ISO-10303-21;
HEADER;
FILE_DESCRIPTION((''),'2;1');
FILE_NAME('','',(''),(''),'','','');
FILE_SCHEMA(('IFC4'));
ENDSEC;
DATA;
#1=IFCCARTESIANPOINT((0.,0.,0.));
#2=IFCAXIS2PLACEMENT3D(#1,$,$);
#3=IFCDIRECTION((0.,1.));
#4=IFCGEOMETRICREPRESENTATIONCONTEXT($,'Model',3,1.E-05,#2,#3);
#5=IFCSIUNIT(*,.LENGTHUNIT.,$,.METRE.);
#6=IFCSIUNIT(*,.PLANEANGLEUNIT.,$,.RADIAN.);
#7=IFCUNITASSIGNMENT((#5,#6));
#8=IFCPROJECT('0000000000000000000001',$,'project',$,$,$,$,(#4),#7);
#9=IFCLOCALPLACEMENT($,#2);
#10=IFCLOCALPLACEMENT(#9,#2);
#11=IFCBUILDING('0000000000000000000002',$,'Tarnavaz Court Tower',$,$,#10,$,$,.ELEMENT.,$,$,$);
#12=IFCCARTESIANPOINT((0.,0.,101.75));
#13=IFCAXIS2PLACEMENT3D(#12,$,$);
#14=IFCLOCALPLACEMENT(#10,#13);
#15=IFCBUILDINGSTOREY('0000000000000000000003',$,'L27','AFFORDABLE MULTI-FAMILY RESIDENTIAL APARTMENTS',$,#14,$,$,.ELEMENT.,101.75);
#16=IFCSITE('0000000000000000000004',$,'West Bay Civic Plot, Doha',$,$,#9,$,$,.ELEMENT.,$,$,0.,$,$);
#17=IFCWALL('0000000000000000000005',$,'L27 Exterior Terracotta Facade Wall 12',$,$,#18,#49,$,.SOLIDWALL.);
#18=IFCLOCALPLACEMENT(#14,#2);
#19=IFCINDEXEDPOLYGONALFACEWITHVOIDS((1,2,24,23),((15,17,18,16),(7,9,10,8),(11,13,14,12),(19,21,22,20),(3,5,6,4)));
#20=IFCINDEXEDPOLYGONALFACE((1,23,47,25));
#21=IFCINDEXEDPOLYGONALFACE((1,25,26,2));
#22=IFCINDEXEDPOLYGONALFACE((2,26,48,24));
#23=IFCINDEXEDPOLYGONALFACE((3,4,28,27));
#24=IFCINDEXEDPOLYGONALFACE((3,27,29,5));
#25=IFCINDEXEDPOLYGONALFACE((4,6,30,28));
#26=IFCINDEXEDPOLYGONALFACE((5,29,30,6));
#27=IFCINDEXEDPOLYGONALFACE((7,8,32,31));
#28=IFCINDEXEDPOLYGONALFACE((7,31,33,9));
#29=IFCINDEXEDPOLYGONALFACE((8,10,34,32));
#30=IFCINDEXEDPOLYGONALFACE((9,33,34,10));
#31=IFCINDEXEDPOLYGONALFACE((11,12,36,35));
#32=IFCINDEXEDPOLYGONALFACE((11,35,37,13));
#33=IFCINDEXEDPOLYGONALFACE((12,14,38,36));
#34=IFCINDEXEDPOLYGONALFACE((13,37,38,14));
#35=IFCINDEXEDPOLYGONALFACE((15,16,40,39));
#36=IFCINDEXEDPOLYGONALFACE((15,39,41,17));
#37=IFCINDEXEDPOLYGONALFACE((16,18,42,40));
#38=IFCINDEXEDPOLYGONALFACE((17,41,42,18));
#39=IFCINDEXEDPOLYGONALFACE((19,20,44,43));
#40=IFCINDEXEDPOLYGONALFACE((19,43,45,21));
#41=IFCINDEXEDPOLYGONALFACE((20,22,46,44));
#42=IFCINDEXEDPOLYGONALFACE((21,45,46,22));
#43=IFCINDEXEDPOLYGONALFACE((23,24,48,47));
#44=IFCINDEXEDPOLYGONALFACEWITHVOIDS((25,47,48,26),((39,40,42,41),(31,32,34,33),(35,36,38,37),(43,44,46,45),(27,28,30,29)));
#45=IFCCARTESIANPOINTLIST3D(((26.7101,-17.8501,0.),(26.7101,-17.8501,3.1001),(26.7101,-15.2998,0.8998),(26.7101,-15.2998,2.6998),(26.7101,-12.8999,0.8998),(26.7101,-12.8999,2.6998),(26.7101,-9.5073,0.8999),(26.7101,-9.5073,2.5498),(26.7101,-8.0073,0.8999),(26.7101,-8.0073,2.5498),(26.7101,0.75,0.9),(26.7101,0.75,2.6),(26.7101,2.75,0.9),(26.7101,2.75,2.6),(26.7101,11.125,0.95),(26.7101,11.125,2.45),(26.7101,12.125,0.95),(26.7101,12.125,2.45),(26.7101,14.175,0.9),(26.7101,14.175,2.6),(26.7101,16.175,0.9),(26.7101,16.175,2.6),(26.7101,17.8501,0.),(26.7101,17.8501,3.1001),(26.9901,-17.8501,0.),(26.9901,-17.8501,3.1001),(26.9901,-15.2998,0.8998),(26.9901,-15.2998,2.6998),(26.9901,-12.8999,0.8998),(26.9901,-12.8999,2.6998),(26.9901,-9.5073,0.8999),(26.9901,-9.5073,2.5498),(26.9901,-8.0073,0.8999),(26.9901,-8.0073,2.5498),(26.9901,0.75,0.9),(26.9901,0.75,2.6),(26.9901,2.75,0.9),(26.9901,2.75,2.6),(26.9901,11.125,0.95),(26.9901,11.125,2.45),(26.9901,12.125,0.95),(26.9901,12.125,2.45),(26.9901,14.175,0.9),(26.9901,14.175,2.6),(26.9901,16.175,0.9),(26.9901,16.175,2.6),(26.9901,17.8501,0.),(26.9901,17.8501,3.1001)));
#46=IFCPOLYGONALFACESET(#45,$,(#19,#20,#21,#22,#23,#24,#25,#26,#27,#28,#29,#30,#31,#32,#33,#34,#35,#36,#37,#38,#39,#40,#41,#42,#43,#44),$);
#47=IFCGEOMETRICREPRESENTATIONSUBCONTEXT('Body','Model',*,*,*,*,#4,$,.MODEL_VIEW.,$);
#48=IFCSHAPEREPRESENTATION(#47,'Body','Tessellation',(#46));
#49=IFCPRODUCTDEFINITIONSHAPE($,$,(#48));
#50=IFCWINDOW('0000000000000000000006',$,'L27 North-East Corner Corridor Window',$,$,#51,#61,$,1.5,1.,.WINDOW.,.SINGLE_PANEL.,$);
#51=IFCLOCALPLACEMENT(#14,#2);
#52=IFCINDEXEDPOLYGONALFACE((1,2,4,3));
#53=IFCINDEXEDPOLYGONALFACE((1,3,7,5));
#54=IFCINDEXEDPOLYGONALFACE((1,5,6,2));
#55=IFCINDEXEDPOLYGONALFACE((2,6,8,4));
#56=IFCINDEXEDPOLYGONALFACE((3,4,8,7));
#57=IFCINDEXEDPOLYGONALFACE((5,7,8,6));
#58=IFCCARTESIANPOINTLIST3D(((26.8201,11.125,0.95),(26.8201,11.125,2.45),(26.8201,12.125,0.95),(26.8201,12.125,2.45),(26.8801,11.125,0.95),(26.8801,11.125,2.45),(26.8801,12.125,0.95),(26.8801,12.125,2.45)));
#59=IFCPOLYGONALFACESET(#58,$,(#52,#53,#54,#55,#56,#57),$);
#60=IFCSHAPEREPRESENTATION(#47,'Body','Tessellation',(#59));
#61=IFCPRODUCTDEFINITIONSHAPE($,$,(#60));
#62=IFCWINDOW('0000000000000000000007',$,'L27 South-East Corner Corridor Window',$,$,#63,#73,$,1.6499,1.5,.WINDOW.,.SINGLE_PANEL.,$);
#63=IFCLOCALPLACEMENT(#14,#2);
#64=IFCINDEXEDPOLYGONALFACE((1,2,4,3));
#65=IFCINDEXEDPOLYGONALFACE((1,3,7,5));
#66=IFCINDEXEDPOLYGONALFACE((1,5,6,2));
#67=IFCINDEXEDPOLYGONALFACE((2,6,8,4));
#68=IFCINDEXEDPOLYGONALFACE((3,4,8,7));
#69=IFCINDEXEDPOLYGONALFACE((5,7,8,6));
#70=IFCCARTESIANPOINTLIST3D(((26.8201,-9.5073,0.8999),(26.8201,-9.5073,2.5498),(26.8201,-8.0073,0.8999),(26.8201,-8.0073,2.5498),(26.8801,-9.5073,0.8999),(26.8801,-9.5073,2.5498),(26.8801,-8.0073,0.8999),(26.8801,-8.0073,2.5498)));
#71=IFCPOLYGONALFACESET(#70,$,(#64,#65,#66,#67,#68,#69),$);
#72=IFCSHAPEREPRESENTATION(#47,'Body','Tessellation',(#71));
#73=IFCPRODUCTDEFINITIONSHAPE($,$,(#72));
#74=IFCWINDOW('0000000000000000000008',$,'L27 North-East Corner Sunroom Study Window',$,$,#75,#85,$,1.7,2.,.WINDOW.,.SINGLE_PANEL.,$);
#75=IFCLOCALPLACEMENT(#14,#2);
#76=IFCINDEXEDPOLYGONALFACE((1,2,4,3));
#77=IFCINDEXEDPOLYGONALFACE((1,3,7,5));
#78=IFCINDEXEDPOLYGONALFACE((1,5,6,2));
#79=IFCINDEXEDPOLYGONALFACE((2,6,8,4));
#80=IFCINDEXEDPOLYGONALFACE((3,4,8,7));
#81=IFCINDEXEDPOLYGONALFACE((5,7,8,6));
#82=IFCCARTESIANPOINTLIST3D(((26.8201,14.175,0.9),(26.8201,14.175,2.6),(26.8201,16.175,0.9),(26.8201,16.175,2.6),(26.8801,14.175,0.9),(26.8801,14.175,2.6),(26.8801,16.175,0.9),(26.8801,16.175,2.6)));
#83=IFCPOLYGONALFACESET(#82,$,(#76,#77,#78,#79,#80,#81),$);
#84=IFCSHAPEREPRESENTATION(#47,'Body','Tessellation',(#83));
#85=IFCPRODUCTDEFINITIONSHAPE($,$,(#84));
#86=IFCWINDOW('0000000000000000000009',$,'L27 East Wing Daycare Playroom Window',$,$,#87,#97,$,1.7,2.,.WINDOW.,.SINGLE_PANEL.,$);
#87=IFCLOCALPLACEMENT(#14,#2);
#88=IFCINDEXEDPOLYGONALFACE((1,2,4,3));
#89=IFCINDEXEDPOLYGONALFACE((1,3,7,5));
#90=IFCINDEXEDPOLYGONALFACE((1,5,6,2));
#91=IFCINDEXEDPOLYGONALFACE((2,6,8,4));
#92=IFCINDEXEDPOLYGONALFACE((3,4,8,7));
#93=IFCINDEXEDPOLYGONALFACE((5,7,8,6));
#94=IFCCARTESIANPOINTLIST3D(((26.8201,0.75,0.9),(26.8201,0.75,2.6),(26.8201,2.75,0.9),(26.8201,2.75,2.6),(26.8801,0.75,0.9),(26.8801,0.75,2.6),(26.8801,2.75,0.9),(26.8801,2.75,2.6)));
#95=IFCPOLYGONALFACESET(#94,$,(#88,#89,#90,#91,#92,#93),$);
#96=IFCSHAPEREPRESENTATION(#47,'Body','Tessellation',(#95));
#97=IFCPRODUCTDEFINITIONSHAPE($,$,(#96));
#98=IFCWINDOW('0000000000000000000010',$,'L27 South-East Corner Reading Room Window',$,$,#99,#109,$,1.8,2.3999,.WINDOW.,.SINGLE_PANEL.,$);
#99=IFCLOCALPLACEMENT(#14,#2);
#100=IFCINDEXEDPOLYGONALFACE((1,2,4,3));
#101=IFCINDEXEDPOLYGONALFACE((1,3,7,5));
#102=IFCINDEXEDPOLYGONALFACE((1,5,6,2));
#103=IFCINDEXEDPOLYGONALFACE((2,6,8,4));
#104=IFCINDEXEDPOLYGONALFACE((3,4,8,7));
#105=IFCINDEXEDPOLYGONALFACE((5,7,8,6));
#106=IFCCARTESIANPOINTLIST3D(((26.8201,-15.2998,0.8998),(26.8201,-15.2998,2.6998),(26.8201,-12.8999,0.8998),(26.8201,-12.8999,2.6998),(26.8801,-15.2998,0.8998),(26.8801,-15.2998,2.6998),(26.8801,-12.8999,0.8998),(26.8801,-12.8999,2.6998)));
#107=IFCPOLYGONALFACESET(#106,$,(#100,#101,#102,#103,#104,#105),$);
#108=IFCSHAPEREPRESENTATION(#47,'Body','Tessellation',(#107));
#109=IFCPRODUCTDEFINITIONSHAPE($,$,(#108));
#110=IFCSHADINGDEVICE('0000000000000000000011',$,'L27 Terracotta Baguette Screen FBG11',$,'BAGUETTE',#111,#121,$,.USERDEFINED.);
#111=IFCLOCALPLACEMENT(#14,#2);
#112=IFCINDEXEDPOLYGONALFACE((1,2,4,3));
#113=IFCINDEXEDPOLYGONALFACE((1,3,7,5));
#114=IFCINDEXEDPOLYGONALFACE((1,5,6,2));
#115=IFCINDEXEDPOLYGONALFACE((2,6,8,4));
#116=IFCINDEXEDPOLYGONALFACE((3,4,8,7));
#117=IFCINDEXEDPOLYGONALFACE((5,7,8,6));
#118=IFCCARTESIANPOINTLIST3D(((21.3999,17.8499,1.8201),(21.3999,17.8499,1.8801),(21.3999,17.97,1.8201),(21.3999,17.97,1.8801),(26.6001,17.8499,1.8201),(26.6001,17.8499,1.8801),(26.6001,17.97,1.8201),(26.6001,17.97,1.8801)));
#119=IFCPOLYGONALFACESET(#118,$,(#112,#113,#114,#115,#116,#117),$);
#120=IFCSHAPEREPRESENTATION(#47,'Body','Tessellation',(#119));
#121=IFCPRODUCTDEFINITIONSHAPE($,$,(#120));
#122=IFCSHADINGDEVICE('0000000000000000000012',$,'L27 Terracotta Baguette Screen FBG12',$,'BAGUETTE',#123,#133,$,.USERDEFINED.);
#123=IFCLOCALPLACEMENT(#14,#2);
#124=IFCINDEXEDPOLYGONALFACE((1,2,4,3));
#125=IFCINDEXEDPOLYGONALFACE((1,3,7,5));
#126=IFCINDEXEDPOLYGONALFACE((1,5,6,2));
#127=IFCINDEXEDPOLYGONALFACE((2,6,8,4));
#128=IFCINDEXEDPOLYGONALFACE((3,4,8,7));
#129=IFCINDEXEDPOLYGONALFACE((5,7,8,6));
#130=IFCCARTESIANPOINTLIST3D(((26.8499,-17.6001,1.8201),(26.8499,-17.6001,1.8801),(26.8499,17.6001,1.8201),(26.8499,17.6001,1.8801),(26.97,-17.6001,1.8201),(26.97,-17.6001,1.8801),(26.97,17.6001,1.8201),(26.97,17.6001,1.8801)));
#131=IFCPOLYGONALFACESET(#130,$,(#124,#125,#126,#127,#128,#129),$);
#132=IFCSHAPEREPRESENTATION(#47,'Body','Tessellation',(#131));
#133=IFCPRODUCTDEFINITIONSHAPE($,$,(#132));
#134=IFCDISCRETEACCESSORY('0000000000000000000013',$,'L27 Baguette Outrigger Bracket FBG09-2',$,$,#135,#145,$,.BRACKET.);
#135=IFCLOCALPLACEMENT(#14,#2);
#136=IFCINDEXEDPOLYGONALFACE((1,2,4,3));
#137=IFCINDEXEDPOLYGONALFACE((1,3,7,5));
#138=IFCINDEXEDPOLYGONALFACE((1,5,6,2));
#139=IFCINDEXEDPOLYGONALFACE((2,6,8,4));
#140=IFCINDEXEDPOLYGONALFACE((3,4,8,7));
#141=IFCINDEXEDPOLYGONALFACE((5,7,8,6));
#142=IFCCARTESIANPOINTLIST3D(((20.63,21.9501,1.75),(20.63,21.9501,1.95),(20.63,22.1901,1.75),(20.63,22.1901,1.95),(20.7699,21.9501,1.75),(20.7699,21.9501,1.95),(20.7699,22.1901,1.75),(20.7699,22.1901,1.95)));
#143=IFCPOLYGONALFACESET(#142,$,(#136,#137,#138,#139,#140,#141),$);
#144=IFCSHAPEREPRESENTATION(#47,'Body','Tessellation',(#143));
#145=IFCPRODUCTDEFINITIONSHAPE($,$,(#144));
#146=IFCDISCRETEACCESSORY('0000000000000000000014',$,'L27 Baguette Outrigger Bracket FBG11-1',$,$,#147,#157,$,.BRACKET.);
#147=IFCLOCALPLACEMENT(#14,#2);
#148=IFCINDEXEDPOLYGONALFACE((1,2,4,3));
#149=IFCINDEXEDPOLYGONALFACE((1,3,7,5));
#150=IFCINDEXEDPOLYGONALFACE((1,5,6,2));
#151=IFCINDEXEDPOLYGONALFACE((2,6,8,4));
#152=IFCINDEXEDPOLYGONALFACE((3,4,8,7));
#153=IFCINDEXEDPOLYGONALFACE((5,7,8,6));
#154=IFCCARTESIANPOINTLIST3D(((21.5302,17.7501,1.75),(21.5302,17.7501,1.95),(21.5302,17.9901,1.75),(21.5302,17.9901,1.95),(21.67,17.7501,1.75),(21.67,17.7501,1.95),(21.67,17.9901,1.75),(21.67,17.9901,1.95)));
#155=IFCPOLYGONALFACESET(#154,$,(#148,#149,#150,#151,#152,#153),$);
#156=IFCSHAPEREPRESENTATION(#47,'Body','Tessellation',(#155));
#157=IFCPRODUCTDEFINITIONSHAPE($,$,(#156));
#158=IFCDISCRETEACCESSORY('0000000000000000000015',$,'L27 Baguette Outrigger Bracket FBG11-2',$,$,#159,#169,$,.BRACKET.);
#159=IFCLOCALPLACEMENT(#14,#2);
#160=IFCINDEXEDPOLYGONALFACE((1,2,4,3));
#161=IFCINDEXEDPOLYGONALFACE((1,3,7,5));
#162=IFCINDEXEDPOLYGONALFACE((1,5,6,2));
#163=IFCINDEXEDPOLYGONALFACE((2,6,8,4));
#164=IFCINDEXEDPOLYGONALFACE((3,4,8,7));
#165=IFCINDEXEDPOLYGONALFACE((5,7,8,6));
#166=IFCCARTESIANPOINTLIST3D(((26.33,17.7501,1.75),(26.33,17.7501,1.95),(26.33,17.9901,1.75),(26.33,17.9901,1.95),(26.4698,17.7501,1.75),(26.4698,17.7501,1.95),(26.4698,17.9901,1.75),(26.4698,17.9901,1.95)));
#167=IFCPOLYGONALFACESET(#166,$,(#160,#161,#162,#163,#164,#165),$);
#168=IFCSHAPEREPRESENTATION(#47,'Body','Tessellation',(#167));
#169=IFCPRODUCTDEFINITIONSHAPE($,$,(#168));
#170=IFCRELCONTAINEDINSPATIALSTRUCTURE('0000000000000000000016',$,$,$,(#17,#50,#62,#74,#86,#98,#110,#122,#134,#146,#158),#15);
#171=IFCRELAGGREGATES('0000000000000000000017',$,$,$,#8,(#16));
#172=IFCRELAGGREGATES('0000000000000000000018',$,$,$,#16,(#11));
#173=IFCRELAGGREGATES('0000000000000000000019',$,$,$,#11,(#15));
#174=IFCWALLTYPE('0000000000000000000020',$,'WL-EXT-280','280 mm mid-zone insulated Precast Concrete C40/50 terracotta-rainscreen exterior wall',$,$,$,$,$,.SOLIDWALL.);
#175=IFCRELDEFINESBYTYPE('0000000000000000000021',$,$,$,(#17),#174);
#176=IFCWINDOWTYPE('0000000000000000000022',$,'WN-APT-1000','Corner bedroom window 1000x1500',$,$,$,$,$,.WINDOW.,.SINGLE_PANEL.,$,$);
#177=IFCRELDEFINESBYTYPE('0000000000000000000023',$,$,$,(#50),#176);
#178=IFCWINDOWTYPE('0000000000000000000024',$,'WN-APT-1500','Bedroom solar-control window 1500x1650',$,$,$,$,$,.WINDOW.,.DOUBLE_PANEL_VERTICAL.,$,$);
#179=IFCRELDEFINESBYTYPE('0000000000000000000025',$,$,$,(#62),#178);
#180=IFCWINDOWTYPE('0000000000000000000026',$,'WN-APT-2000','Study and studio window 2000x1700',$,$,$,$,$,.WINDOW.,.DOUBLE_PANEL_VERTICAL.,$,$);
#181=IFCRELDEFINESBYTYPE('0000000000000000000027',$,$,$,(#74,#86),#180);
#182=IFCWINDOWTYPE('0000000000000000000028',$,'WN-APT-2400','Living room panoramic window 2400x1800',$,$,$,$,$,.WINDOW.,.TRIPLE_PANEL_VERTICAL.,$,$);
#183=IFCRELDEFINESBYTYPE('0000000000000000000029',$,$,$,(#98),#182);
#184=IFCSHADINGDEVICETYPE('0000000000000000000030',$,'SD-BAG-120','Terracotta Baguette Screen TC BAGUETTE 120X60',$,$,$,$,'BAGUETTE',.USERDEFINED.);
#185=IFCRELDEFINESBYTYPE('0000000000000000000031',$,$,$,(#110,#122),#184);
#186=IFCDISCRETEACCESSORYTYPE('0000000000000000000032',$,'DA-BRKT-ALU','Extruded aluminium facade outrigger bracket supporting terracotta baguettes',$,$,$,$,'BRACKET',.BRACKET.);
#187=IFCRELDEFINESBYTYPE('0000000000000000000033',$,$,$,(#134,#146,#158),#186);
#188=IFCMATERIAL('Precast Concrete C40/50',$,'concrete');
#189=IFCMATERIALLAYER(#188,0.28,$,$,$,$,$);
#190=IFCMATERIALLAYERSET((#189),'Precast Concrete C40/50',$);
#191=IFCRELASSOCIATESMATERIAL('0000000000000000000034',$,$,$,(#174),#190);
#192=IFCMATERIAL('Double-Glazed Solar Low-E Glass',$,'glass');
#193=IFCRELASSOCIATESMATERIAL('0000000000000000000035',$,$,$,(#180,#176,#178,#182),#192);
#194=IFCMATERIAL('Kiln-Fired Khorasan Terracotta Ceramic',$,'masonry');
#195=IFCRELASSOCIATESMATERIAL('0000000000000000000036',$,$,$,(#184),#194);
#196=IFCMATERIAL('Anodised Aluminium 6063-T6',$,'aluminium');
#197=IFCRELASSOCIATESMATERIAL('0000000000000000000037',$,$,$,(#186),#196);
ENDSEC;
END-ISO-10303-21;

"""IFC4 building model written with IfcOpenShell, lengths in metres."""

from ifc_helpers import new_model, si_unit, direction, frame, frame_2d, origin, origin_2d, place, context, subcontext, project, spatial, rectangle, extrude, material, layer, layer_set, material_profile, profile_set, type_object, element, fill, save


model = new_model("IFC4")

# Units and contexts
model_context = context("Model", 3, precision=1e-05, world=origin(), true_north=direction((0.0, 1.0)))
body_context = subcontext(model_context, "Body", "Model", "MODEL_VIEW")
ifc_project = project(units=[si_unit("LENGTHUNIT", "METRE"), si_unit("PLANEANGLEUNIT", "RADIAN")], contexts=[model_context])

# Site, building, storey
site_placement = place(None, origin())
site = spatial("IfcSite", under=ifc_project, at=site_placement, Name="West Bay Civic Plot, Doha", CompositionType="ELEMENT", RefElevation=0.0)
building_placement = place(site_placement, origin())
building = spatial("IfcBuilding", under=site, at=building_placement, Name="Tarnavaz Court Tower", CompositionType="ELEMENT")
storey_placement = place(building_placement, frame((0.0, 0.0, 101.75)))
storey = spatial("IfcBuildingStorey", under=building, at=storey_placement, Name="L27", Description="AFFORDABLE MULTI-FAMILY RESIDENTIAL APARTMENTS", CompositionType="ELEMENT", Elevation=101.75)

# Shared definitions
ifc_material_1 = material(Name="Precast Concrete C40/50", Category="concrete")
ifc_layer = layer(ifc_material_1, 0.28)
ifc_layer_set = layer_set([ifc_layer], Name="Precast Concrete C40/50")
wall_type = type_object("IfcWallType", Name="WL-EXT-280", Description="280 mm mid-zone insulated Precast Concrete C40/50 terracotta-rainscreen exterior wall", PredefinedType="SOLIDWALL", material=ifc_layer_set)
ifc_material_2 = material(Name="Double-Glazed Solar Low-E Glass", Category="glass")
window_type_1 = type_object("IfcWindowType", Name="WN-APT-2000", Description="Study and studio window 2000x1700", PartitioningType="DOUBLE_PANEL_VERTICAL", PredefinedType="WINDOW", material=ifc_material_2)

# Wall, openings, windows
wall_1_placement = place(storey_placement, frame((26.8501, 17.8501, 0.0), z_axis=(0.0, 0.0, 1.0), x_axis=(0.0, -1.0, 0.0)))
wall_1 = element("IfcWall", 1, at=wall_1_placement, inside=storey, type_object=wall_type, Name="L27 Exterior Terracotta Facade Wall 12", PredefinedType="SOLIDWALL", context=body_context, shape_type="SweptSolid", body=[
    extrude(rectangle(XDim=35.7002, YDim=0.28, at=frame_2d((17.8501, 0.0))), origin(), (0.0, 0.0, 1.0), 3.1001),
])
opening_1_placement = place(wall_1_placement, frame((1.675, 0.0, 0.8999)))
opening_1 = element("IfcOpeningElement", 2, at=opening_1_placement, cuts=wall_1, PredefinedType="OPENING", context=body_context, shape_type="SweptSolid", body=[
    extrude(rectangle(XDim=2.0, YDim=1.7, at=frame_2d((1.0, 0.8501))), frame((0.0, 0.1499, 0.0), z_axis=(0.0, -1.0, 0.0), x_axis=(1.0, 0.0, 0.0)), (0.0, 0.0, 1.0), 0.3),
])
opening_2_placement = place(wall_1_placement, frame((5.7251, 0.0, 0.95)))
opening_2 = element("IfcOpeningElement", 3, at=opening_2_placement, cuts=wall_1, PredefinedType="OPENING", context=body_context, shape_type="SweptSolid", body=[
    extrude(rectangle(XDim=1.0, YDim=1.5, at=frame_2d((0.5, 0.75))), frame((0.0, 0.1499, 0.0), z_axis=(0.0, -1.0, 0.0), x_axis=(1.0, 0.0, 0.0)), (0.0, 0.0, 1.0), 0.3),
])
opening_3_placement = place(wall_1_placement, frame((15.1001, 0.0, 0.8999)))
opening_3 = element("IfcOpeningElement", 4, at=opening_3_placement, cuts=wall_1, PredefinedType="OPENING", context=body_context, shape_type="SweptSolid", body=[
    extrude(rectangle(XDim=2.0, YDim=1.7, at=frame_2d((1.0, 0.8501))), frame((0.0, 0.1499, 0.0), z_axis=(0.0, -1.0, 0.0), x_axis=(1.0, 0.0, 0.0)), (0.0, 0.0, 1.0), 0.3),
])
opening_4_placement = place(wall_1_placement, frame((25.8574, 0.0, 0.8999)))
opening_4 = element("IfcOpeningElement", 5, at=opening_4_placement, cuts=wall_1, PredefinedType="OPENING", context=body_context, shape_type="SweptSolid", body=[
    extrude(rectangle(XDim=1.5, YDim=1.6499, at=frame_2d((0.75, 0.825))), frame((0.0, 0.1499, 0.0), z_axis=(0.0, -1.0, 0.0), x_axis=(1.0, 0.0, 0.0)), (0.0, 0.0, 1.0), 0.3),
])
opening_5_placement = place(wall_1_placement, frame((30.75, 0.0, 0.8999)))
opening_5 = element("IfcOpeningElement", 6, at=opening_5_placement, cuts=wall_1, PredefinedType="OPENING", context=body_context, shape_type="SweptSolid", body=[
    extrude(rectangle(XDim=2.3999, YDim=1.8, at=frame_2d((1.2, 0.8999))), frame((0.0, 0.1499, 0.0), z_axis=(0.0, -1.0, 0.0), x_axis=(1.0, 0.0, 0.0)), (0.0, 0.0, 1.0), 0.3),
])
window_type_2 = type_object("IfcWindowType", Name="WN-APT-1000", Description="Corner bedroom window 1000x1500", PartitioningType="SINGLE_PANEL", PredefinedType="WINDOW", material=ifc_material_2)
window_1_placement = place(opening_2_placement, origin())
window_1 = element("IfcWindow", 7, at=window_1_placement, inside=storey, type_object=window_type_2, Name="L27 North-East Corner Corridor Window", OverallHeight=1.5, OverallWidth=1.0, PartitioningType="SINGLE_PANEL", PredefinedType="WINDOW", context=body_context, shape_type="SweptSolid", body=[
    extrude(rectangle(XDim=1.0, YDim=1.5, at=frame_2d((0.5, 0.75))), frame((0.0, 0.03, 0.0), z_axis=(0.0, -1.0, 0.0), x_axis=(1.0, 0.0, 0.0)), (0.0, 0.0, 1.0), 0.0601),
])
fill(opening_2, window_1)
window_type_3 = type_object("IfcWindowType", Name="WN-APT-1500", Description="Bedroom solar-control window 1500x1650", PartitioningType="DOUBLE_PANEL_VERTICAL", PredefinedType="WINDOW", material=ifc_material_2)
window_2_placement = place(opening_4_placement, origin())
window_2 = element("IfcWindow", 8, at=window_2_placement, inside=storey, type_object=window_type_3, Name="L27 South-East Corner Corridor Window", OverallHeight=1.6499, OverallWidth=1.5, PartitioningType="SINGLE_PANEL", PredefinedType="WINDOW", context=body_context, shape_type="SweptSolid", body=[
    extrude(rectangle(XDim=1.5, YDim=1.6499, at=frame_2d((0.75, 0.825))), frame((0.0, 0.03, 0.0), z_axis=(0.0, -1.0, 0.0), x_axis=(1.0, 0.0, 0.0)), (0.0, 0.0, 1.0), 0.0601),
])
fill(opening_4, window_2)
window_3_placement = place(opening_1_placement, origin())
window_3 = element("IfcWindow", 9, at=window_3_placement, inside=storey, type_object=window_type_1, Name="L27 North-East Corner Sunroom Study Window", OverallHeight=1.7, OverallWidth=2.0, PartitioningType="SINGLE_PANEL", PredefinedType="WINDOW", context=body_context, shape_type="SweptSolid", body=[
    extrude(rectangle(XDim=2.0, YDim=1.7, at=frame_2d((1.0, 0.8501))), frame((0.0, 0.03, 0.0), z_axis=(0.0, -1.0, 0.0), x_axis=(1.0, 0.0, 0.0)), (0.0, 0.0, 1.0), 0.0601),
])
fill(opening_1, window_3)
window_4_placement = place(opening_3_placement, origin())
window_4 = element("IfcWindow", 10, at=window_4_placement, inside=storey, type_object=window_type_1, Name="L27 East Wing Daycare Playroom Window", OverallHeight=1.7, OverallWidth=2.0, PartitioningType="SINGLE_PANEL", PredefinedType="WINDOW", context=body_context, shape_type="SweptSolid", body=[
    extrude(rectangle(XDim=2.0, YDim=1.7, at=frame_2d((1.0, 0.8501))), frame((0.0, 0.03, 0.0), z_axis=(0.0, -1.0, 0.0), x_axis=(1.0, 0.0, 0.0)), (0.0, 0.0, 1.0), 0.0601),
])
fill(opening_3, window_4)
window_type_4 = type_object("IfcWindowType", Name="WN-APT-2400", Description="Living room panoramic window 2400x1800", PartitioningType="TRIPLE_PANEL_VERTICAL", PredefinedType="WINDOW", material=ifc_material_2)
window_5_placement = place(opening_5_placement, origin())
window_5 = element("IfcWindow", 11, at=window_5_placement, inside=storey, type_object=window_type_4, Name="L27 South-East Corner Reading Room Window", OverallHeight=1.8, OverallWidth=2.3999, PartitioningType="SINGLE_PANEL", PredefinedType="WINDOW", context=body_context, shape_type="SweptSolid", body=[
    extrude(rectangle(XDim=2.3999, YDim=1.8, at=frame_2d((1.2, 0.8999))), frame((0.0, 0.03, 0.0), z_axis=(0.0, -1.0, 0.0), x_axis=(1.0, 0.0, 0.0)), (0.0, 0.0, 1.0), 0.0601),
])
fill(opening_5, window_5)

# Shading devices
ifc_material_3 = material(Name="Kiln-Fired Khorasan Terracotta Ceramic", Category="masonry")
ifc_material_profile_1 = material_profile(ifc_material_3, rectangle(XDim=0.1201, YDim=0.0601, at=origin_2d()), Name="TC BAGUETTE 120X60")
ifc_profile_set_1 = profile_set([ifc_material_profile_1], Name="Kiln-Fired Khorasan Terracotta Ceramic")
shading_device_type = type_object("IfcShadingDeviceType", Name="SD-BAG-120", Description="Terracotta Baguette Screen TC BAGUETTE 120X60", ElementType="BAGUETTE", PredefinedType="USERDEFINED", material=ifc_profile_set_1)
shading_device_1_placement = place(storey_placement, frame((21.3999, 17.9099, 1.8501), z_axis=(1.0, 0.0, 0.0), x_axis=(0.0, 1.0, 0.0)))
element("IfcShadingDevice", 12, at=shading_device_1_placement, inside=storey, type_object=shading_device_type, Name="L27 Terracotta Baguette Screen FBG11", ObjectType="BAGUETTE", PredefinedType="USERDEFINED", context=body_context, shape_type="SweptSolid", body=[
    extrude(rectangle(XDim=0.1201, YDim=0.0601, at=origin_2d()), origin(), (0.0, 0.0, 1.0), 5.2002),
])
shading_device_2_placement = place(storey_placement, frame((26.9099, 17.6001, 1.8501), z_axis=(0.0, -1.0, 0.0), x_axis=(1.0, 0.0, 0.0)))
element("IfcShadingDevice", 13, at=shading_device_2_placement, inside=storey, type_object=shading_device_type, Name="L27 Terracotta Baguette Screen FBG12", ObjectType="BAGUETTE", PredefinedType="USERDEFINED", context=body_context, shape_type="SweptSolid", body=[
    extrude(rectangle(XDim=0.1201, YDim=0.0601, at=origin_2d()), origin(), (0.0, 0.0, 1.0), 35.2002),
])

# Discrete accessories
ifc_material_4 = material(Name="Anodised Aluminium 6063-T6", Category="aluminium")
discrete_accessory_type = type_object("IfcDiscreteAccessoryType", Name="DA-BRKT-ALU", Description="Extruded aluminium facade outrigger bracket supporting terracotta baguettes", ElementType="BRACKET", PredefinedType="BRACKET", material=ifc_material_4)
for number, where, z_axis, x_axis, name in (
    (14, (20.7, 22.0701, 1.75), (0.0, 0.0, 1.0), (1.0, 0.0, 0.0), "L27 Baguette Outrigger Bracket FBG09-2"),
    (15, (21.6001, 17.8701, 1.75), (0.0, 0.0, 1.0), (1.0, 0.0, 0.0), "L27 Baguette Outrigger Bracket FBG11-1"),
    (16, (26.3999, 17.8701, 1.75), (0.0, 0.0, 1.0), (1.0, 0.0, 0.0), "L27 Baguette Outrigger Bracket FBG11-2"),
):
    element("IfcDiscreteAccessory", number, at=place(storey_placement, frame(where, z_axis=z_axis, x_axis=x_axis)), inside=storey, type_object=discrete_accessory_type, Name=name, PredefinedType="BRACKET", context=body_context, shape_type="SweptSolid", body=[
        extrude(rectangle(XDim=0.1399, YDim=0.24, at=origin_2d()), origin(), (0.0, 0.0, 1.0), 0.2),
    ])

save(model, "model.ifc")
